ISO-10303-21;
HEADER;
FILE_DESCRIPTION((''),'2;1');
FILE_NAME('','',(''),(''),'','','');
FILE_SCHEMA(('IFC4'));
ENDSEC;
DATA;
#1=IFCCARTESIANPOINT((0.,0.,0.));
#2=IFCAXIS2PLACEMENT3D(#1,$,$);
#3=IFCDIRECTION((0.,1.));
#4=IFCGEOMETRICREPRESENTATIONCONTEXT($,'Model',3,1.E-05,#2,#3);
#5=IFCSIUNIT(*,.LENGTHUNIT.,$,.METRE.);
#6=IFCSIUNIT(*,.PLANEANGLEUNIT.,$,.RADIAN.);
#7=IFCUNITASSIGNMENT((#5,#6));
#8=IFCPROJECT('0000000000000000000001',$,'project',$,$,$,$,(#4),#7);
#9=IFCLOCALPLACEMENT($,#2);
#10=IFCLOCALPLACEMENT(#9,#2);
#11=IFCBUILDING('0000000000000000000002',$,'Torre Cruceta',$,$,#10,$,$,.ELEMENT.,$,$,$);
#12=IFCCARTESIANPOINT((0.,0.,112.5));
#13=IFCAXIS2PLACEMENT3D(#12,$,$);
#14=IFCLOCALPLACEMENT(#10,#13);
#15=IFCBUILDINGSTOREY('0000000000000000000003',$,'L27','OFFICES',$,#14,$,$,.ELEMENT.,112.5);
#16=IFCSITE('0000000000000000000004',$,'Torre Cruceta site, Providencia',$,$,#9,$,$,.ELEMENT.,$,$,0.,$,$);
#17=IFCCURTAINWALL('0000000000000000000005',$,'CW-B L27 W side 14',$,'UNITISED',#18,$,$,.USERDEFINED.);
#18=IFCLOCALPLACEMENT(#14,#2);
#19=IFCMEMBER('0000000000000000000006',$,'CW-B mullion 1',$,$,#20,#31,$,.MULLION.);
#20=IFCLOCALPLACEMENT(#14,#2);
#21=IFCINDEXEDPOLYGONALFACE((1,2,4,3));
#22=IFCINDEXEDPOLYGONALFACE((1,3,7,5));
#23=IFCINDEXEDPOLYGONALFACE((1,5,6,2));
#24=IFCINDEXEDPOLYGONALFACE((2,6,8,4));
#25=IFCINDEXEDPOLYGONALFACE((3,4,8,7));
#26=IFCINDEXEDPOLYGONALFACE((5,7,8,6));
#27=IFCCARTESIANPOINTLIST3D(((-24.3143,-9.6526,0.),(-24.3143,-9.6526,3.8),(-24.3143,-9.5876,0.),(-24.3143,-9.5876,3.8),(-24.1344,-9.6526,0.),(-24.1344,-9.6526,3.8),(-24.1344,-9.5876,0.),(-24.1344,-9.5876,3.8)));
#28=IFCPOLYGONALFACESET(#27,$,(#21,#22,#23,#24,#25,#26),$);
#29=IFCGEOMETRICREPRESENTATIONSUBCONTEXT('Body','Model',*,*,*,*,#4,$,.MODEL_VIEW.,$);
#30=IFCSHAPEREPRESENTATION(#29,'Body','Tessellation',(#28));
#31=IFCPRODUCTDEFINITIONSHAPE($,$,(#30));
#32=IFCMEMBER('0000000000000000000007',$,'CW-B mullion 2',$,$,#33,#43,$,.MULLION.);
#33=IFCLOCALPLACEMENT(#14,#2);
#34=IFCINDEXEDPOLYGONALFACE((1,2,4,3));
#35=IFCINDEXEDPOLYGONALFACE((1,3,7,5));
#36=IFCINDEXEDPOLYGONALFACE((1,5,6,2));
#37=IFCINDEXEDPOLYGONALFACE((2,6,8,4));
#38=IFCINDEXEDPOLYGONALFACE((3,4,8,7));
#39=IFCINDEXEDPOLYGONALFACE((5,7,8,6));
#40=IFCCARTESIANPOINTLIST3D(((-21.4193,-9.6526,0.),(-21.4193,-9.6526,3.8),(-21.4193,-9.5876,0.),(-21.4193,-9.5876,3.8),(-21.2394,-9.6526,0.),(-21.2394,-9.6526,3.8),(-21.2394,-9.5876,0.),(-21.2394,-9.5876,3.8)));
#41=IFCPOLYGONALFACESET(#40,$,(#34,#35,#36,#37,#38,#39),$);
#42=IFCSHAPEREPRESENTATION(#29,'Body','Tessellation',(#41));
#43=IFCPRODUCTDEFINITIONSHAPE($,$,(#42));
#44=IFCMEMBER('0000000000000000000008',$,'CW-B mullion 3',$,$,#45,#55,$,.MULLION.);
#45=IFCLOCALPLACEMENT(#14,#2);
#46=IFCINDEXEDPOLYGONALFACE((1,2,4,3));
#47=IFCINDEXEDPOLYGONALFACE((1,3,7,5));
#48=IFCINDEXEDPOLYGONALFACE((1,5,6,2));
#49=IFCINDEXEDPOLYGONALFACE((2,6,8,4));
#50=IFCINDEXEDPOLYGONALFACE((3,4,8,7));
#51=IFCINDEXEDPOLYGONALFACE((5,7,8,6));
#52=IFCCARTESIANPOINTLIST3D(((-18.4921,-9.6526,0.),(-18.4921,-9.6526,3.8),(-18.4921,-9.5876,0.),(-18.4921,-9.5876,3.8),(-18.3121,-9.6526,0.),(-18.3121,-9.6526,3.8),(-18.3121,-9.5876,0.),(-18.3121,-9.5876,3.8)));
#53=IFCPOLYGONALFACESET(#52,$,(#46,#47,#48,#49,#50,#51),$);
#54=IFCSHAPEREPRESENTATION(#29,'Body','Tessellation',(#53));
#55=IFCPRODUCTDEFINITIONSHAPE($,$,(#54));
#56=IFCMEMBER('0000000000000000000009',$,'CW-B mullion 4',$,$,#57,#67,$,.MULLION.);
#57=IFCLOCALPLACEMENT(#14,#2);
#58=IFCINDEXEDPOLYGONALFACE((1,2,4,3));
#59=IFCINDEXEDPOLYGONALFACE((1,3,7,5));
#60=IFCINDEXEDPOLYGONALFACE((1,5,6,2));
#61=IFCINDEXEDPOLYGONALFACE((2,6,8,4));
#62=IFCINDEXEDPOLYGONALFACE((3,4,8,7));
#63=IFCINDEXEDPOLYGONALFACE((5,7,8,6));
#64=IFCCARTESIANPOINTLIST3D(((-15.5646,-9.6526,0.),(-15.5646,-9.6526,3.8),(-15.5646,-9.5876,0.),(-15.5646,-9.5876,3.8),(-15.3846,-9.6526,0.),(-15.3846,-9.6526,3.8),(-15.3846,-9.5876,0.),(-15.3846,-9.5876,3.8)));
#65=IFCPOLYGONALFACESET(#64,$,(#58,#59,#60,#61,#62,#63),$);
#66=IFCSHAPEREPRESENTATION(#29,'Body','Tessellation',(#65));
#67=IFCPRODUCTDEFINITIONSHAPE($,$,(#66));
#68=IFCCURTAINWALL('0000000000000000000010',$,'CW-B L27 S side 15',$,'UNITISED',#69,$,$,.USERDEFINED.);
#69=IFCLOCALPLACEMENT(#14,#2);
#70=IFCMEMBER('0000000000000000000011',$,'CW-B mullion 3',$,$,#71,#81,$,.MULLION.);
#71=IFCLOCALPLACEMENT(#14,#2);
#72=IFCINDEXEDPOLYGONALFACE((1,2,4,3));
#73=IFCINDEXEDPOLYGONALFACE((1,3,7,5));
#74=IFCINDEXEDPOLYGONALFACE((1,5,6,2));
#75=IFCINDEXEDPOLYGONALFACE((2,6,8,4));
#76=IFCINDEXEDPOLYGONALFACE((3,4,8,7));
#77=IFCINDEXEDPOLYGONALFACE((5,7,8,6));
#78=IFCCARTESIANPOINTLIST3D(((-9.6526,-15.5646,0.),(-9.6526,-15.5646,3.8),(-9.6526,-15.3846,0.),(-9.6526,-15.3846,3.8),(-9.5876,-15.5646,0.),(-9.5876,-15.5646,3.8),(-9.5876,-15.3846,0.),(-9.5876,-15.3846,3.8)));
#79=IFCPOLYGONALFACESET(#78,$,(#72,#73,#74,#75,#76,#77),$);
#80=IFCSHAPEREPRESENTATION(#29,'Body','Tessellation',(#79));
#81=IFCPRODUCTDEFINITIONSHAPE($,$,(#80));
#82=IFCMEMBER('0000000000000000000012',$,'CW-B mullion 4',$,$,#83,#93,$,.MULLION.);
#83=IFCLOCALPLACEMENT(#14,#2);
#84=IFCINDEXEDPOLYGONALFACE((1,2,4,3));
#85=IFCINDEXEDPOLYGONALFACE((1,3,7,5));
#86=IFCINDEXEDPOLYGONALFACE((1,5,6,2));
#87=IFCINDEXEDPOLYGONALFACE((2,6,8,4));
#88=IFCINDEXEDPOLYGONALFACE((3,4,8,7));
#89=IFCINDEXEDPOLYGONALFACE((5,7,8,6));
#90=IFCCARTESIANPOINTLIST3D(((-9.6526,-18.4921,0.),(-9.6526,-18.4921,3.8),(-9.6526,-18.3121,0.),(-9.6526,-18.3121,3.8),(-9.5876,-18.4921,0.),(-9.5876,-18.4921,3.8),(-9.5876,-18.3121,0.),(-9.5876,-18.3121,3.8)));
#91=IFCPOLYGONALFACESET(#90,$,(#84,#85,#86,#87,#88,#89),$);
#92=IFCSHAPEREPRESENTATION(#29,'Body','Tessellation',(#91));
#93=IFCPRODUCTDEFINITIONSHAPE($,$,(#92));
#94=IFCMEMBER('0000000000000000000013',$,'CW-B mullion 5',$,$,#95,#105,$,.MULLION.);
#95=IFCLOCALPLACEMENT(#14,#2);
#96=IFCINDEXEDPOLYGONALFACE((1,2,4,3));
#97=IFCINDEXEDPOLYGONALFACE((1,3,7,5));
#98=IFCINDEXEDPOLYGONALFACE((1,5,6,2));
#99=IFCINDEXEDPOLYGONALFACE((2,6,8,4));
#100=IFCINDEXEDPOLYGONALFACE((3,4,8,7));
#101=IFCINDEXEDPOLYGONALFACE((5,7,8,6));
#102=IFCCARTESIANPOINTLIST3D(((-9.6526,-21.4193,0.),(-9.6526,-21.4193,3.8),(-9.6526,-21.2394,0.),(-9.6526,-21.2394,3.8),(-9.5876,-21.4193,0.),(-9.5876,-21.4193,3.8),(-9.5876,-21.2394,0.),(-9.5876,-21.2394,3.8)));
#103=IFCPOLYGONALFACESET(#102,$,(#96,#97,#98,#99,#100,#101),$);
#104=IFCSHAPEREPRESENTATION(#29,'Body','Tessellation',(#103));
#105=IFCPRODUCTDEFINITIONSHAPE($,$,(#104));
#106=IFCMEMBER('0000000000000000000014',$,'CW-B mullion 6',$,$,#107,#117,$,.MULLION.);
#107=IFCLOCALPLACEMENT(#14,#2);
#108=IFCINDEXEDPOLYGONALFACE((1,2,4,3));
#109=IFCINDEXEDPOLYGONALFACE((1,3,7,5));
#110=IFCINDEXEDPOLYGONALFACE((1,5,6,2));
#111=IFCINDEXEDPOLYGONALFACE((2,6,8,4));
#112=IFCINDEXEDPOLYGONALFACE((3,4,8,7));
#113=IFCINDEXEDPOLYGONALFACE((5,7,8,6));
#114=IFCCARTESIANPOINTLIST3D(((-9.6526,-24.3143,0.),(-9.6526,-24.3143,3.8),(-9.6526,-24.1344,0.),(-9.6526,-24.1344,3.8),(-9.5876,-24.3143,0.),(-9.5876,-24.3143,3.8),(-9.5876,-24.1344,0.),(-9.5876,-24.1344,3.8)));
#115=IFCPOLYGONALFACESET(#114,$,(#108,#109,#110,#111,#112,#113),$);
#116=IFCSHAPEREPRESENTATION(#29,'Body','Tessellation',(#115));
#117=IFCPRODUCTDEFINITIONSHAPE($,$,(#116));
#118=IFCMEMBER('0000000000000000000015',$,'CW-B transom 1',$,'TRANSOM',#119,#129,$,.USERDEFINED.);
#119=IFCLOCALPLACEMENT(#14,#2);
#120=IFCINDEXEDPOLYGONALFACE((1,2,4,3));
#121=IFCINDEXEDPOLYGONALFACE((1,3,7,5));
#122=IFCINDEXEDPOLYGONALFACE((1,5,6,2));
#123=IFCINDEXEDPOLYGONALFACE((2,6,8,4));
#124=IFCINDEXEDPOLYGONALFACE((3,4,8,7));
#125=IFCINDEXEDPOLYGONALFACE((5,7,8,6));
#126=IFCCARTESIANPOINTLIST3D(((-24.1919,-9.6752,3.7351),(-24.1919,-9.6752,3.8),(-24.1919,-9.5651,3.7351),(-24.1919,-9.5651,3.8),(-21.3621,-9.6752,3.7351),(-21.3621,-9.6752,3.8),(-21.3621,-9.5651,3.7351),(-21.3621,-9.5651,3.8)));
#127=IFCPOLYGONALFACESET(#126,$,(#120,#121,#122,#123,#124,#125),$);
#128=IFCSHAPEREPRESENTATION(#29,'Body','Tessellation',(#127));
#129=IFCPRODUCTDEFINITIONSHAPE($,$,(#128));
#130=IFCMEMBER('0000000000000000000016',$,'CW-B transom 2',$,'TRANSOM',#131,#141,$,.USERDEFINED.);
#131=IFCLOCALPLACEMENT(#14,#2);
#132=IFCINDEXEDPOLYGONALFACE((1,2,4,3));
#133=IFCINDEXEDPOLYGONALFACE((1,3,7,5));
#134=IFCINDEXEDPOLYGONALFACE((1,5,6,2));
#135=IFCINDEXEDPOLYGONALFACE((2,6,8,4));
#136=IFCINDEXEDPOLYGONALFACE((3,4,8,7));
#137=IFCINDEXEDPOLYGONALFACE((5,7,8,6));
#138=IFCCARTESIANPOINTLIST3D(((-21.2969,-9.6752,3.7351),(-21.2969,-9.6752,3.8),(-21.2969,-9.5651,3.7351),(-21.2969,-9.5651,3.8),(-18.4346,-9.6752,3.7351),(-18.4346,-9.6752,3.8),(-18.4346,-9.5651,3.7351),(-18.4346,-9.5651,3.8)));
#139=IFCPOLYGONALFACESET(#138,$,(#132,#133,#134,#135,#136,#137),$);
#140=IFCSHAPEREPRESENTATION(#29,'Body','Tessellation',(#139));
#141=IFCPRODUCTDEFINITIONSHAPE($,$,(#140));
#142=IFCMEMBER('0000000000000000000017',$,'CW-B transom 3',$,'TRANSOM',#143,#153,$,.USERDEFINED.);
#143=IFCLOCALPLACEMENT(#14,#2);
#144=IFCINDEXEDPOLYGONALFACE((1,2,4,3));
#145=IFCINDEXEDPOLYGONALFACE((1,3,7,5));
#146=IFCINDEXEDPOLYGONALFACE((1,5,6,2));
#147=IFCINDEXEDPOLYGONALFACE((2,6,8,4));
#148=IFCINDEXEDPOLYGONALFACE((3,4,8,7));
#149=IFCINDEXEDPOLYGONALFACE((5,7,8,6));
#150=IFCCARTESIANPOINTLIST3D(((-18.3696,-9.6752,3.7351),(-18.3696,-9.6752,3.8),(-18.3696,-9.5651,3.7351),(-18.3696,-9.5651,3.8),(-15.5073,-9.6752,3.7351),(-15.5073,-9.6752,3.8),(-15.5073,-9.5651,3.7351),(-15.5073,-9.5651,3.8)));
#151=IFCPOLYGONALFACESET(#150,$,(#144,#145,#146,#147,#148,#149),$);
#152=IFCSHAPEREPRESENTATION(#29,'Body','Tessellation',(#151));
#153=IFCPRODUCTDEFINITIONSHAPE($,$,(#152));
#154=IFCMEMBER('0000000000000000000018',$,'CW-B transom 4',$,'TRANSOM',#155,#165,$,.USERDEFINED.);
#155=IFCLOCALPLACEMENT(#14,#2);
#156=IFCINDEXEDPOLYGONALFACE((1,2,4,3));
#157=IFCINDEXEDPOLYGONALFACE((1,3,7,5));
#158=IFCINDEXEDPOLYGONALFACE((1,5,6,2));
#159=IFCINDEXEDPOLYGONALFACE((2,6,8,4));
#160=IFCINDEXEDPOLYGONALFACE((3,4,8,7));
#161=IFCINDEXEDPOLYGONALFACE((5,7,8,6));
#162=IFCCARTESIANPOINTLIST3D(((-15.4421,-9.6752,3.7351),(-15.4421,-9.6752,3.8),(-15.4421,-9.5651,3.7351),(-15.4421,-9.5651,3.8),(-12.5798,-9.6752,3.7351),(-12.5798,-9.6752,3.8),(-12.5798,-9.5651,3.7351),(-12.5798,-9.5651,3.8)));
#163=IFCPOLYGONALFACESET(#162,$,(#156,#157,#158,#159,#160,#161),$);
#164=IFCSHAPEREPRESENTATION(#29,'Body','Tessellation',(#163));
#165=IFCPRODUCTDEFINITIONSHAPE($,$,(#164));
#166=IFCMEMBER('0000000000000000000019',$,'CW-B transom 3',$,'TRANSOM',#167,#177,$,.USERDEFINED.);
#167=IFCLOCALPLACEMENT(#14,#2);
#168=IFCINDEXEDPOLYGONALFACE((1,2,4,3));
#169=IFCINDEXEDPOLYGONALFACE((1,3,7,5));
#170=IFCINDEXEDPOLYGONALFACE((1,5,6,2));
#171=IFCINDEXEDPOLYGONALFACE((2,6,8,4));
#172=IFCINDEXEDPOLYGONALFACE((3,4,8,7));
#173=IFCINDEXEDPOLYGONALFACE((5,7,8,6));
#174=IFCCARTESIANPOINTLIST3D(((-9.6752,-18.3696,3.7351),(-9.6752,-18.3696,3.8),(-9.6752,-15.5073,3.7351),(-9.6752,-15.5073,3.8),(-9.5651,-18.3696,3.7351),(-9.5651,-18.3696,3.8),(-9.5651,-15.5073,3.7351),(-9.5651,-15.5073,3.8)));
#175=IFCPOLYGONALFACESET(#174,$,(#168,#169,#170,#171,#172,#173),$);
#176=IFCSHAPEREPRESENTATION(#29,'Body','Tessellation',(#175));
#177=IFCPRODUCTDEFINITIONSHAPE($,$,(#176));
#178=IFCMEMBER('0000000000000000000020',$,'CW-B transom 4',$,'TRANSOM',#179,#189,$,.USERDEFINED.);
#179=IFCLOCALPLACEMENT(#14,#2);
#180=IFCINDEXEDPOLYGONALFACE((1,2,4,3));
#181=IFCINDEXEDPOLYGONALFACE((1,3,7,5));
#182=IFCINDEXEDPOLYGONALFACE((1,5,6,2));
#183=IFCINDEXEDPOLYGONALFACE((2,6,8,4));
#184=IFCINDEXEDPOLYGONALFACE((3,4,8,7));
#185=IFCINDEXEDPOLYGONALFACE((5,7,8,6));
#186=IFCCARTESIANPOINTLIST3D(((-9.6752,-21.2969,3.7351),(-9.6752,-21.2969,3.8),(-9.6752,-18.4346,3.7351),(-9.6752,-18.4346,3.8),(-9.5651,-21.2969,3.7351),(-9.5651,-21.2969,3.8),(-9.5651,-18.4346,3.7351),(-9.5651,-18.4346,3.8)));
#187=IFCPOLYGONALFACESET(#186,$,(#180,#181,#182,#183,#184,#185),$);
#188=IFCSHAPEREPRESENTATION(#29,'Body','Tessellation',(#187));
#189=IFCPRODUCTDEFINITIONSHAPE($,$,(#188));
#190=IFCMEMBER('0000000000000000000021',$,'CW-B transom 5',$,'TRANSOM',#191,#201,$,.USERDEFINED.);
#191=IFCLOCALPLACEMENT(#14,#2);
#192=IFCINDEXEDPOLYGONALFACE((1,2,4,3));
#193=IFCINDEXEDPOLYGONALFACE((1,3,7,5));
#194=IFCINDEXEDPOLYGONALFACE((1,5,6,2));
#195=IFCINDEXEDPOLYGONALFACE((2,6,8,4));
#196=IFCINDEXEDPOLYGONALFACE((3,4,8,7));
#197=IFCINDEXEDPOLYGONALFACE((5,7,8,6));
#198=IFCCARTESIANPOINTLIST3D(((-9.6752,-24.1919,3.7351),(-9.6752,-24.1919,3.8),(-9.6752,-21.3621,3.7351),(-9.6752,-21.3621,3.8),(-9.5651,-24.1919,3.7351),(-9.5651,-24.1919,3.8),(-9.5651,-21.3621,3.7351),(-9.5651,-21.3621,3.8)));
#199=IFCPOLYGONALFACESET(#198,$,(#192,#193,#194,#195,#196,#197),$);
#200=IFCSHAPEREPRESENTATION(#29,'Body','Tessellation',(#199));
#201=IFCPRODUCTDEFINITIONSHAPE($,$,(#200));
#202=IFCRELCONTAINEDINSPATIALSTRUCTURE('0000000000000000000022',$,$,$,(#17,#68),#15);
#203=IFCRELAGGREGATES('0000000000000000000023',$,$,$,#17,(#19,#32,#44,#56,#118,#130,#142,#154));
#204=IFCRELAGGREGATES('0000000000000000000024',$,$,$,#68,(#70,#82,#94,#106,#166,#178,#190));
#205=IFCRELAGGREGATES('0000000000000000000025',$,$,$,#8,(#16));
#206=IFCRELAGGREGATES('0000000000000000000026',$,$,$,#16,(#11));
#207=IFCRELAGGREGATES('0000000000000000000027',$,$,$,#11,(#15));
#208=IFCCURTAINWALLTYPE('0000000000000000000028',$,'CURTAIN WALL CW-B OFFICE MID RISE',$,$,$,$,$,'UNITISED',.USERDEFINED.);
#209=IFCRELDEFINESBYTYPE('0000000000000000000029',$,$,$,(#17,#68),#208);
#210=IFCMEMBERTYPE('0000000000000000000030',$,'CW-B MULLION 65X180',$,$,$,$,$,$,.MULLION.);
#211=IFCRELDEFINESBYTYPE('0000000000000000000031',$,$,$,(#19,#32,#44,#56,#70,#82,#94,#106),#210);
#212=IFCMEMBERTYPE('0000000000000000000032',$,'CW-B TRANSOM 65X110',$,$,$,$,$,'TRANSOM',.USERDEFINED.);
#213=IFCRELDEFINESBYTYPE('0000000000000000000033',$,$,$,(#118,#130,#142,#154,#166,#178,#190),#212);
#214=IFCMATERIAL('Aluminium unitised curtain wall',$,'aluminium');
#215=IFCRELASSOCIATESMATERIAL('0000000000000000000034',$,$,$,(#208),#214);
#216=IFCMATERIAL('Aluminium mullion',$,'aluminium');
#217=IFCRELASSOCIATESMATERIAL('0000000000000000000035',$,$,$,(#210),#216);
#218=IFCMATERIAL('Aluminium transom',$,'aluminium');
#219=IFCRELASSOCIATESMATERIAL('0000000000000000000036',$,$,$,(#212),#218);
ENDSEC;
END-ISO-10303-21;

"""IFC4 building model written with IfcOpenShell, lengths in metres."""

from ifc_helpers import new_model, si_unit, direction, frame, origin, origin_2d, place, context, subcontext, project, spatial, rectangle, extrude, material, material_profile, profile_set, type_object, element, aggregate, save


model = new_model("IFC4")

# Units and contexts
model_context = context("Model", 3, precision=1e-05, world=origin(), true_north=direction((0.0, 1.0)))
body_context = subcontext(model_context, "Body", "Model", "MODEL_VIEW")
ifc_project = project(units=[si_unit("LENGTHUNIT", "METRE"), si_unit("PLANEANGLEUNIT", "RADIAN")], contexts=[model_context])

# Site, building, storey
site_placement = place(None, origin())
site = spatial("IfcSite", under=ifc_project, at=site_placement, Name="Torre Cruceta site, Providencia", CompositionType="ELEMENT", RefElevation=0.0)
building_placement = place(site_placement, origin())
building = spatial("IfcBuilding", under=site, at=building_placement, Name="Torre Cruceta", CompositionType="ELEMENT")
storey_placement = place(building_placement, frame((0.0, 0.0, 112.5)))
storey = spatial("IfcBuildingStorey", under=building, at=storey_placement, Name="L27", Description="OFFICES", CompositionType="ELEMENT", Elevation=112.5)

# Curtain walls, members
ifc_material_1 = material(Name="Aluminium unitised curtain wall", Category="aluminium")
curtain_wall_type = type_object("IfcCurtainWallType", Name="CURTAIN WALL CW-B OFFICE MID RISE", ElementType="UNITISED", PredefinedType="USERDEFINED", material=ifc_material_1)
curtain_wall_1_placement = place(storey_placement, origin())
curtain_wall_1 = element("IfcCurtainWall", 1, at=curtain_wall_1_placement, inside=storey, type_object=curtain_wall_type, Name="CW-B L27 W side 14", ObjectType="UNITISED", PredefinedType="USERDEFINED")
ifc_material_2 = material(Name="Aluminium mullion", Category="aluminium")
ifc_material_profile_1 = material_profile(ifc_material_2, rectangle(XDim=0.0649, YDim=0.1799, at=origin_2d()), Name="AL 65X180")
ifc_profile_set_1 = profile_set([ifc_material_profile_1], Name="Aluminium mullion")
member_type_1 = type_object("IfcMemberType", Name="CW-B MULLION 65X180", PredefinedType="MULLION", material=ifc_profile_set_1)
member_1_placement = place(storey_placement, frame((-24.2244, -9.6201, 0.0), z_axis=(0.0, 0.0, 1.0), x_axis=(0.0, 1.0, 0.0)))
member_1 = element("IfcMember", 2, at=member_1_placement, type_object=member_type_1, Name="CW-B mullion 1", PredefinedType="MULLION", context=body_context, shape_type="SweptSolid", body=[
    extrude(rectangle(XDim=0.0649, YDim=0.1799, at=origin_2d()), origin(), (0.0, 0.0, 1.0), 3.8),
])
member_2_placement = place(storey_placement, frame((-21.3293, -9.6201, 0.0), z_axis=(0.0, 0.0, 1.0), x_axis=(0.0, 1.0, 0.0)))
member_2 = element("IfcMember", 3, at=member_2_placement, type_object=member_type_1, Name="CW-B mullion 2", PredefinedType="MULLION", context=body_context, shape_type="SweptSolid", body=[
    extrude(rectangle(XDim=0.0649, YDim=0.1799, at=origin_2d()), origin(), (0.0, 0.0, 1.0), 3.8),
])
member_3_placement = place(storey_placement, frame((-18.4021, -9.6201, 0.0), z_axis=(0.0, 0.0, 1.0), x_axis=(0.0, 1.0, 0.0)))
member_3 = element("IfcMember", 4, at=member_3_placement, type_object=member_type_1, Name="CW-B mullion 3", PredefinedType="MULLION", context=body_context, shape_type="SweptSolid", body=[
    extrude(rectangle(XDim=0.0649, YDim=0.1799, at=origin_2d()), origin(), (0.0, 0.0, 1.0), 3.8),
])
member_4_placement = place(storey_placement, frame((-15.4746, -9.6201, 0.0), z_axis=(0.0, 0.0, 1.0), x_axis=(0.0, 1.0, 0.0)))
member_4 = element("IfcMember", 5, at=member_4_placement, type_object=member_type_1, Name="CW-B mullion 4", PredefinedType="MULLION", context=body_context, shape_type="SweptSolid", body=[
    extrude(rectangle(XDim=0.0649, YDim=0.1799, at=origin_2d()), origin(), (0.0, 0.0, 1.0), 3.8),
])
curtain_wall_2_placement = place(storey_placement, origin())
curtain_wall_2 = element("IfcCurtainWall", 6, at=curtain_wall_2_placement, inside=storey, type_object=curtain_wall_type, Name="CW-B L27 S side 15", ObjectType="UNITISED", PredefinedType="USERDEFINED")
member_5_placement = place(storey_placement, frame((-9.6201, -15.4746, 0.0), z_axis=(0.0, 0.0, 1.0), x_axis=(1.0, 0.0, 0.0)))
member_5 = element("IfcMember", 7, at=member_5_placement, type_object=member_type_1, Name="CW-B mullion 3", PredefinedType="MULLION", context=body_context, shape_type="SweptSolid", body=[
    extrude(rectangle(XDim=0.0649, YDim=0.1799, at=origin_2d()), origin(), (0.0, 0.0, 1.0), 3.8),
])
member_6_placement = place(storey_placement, frame((-9.6201, -18.4021, 0.0), z_axis=(0.0, 0.0, 1.0), x_axis=(1.0, 0.0, 0.0)))
member_6 = element("IfcMember", 8, at=member_6_placement, type_object=member_type_1, Name="CW-B mullion 4", PredefinedType="MULLION", context=body_context, shape_type="SweptSolid", body=[
    extrude(rectangle(XDim=0.0649, YDim=0.1799, at=origin_2d()), origin(), (0.0, 0.0, 1.0), 3.8),
])
member_7_placement = place(storey_placement, frame((-9.6201, -21.3293, 0.0), z_axis=(0.0, 0.0, 1.0), x_axis=(1.0, 0.0, 0.0)))
member_7 = element("IfcMember", 9, at=member_7_placement, type_object=member_type_1, Name="CW-B mullion 5", PredefinedType="MULLION", context=body_context, shape_type="SweptSolid", body=[
    extrude(rectangle(XDim=0.0649, YDim=0.1799, at=origin_2d()), origin(), (0.0, 0.0, 1.0), 3.8),
])
member_8_placement = place(storey_placement, frame((-9.6201, -24.2244, 0.0), z_axis=(0.0, 0.0, 1.0), x_axis=(1.0, 0.0, 0.0)))
member_8 = element("IfcMember", 10, at=member_8_placement, type_object=member_type_1, Name="CW-B mullion 6", PredefinedType="MULLION", context=body_context, shape_type="SweptSolid", body=[
    extrude(rectangle(XDim=0.0649, YDim=0.1799, at=origin_2d()), origin(), (0.0, 0.0, 1.0), 3.8),
])

# Members
ifc_material_3 = material(Name="Aluminium transom", Category="aluminium")
ifc_material_profile_2 = material_profile(ifc_material_3, rectangle(XDim=0.1101, YDim=0.0649, at=origin_2d()), Name="AL 110X65")
ifc_profile_set_2 = profile_set([ifc_material_profile_2], Name="Aluminium transom")
member_type_2 = type_object("IfcMemberType", Name="CW-B TRANSOM 65X110", ElementType="TRANSOM", PredefinedType="USERDEFINED", material=ifc_profile_set_2)
member_9_placement = place(storey_placement, frame((-24.1919, -9.6201, 3.7676), z_axis=(1.0, 0.0, 0.0), x_axis=(0.0, 1.0, 0.0)))
member_9 = element("IfcMember", 11, at=member_9_placement, type_object=member_type_2, Name="CW-B transom 1", ObjectType="TRANSOM", PredefinedType="USERDEFINED", context=body_context, shape_type="SweptSolid", body=[
    extrude(rectangle(XDim=0.1101, YDim=0.0649, at=origin_2d()), origin(), (0.0, 0.0, 1.0), 2.8298),
])
member_10_placement = place(storey_placement, frame((-21.2969, -9.6201, 3.7676), z_axis=(1.0, 0.0, 0.0), x_axis=(0.0, 1.0, 0.0)))
member_10 = element("IfcMember", 12, at=member_10_placement, type_object=member_type_2, Name="CW-B transom 2", ObjectType="TRANSOM", PredefinedType="USERDEFINED", context=body_context, shape_type="SweptSolid", body=[
    extrude(rectangle(XDim=0.1101, YDim=0.0649, at=origin_2d()), origin(), (0.0, 0.0, 1.0), 2.8623),
])
member_11_placement = place(storey_placement, frame((-18.3696, -9.6201, 3.7676), z_axis=(1.0, 0.0, 0.0), x_axis=(0.0, 1.0, 0.0)))
member_11 = element("IfcMember", 13, at=member_11_placement, type_object=member_type_2, Name="CW-B transom 3", ObjectType="TRANSOM", PredefinedType="USERDEFINED", context=body_context, shape_type="SweptSolid", body=[
    extrude(rectangle(XDim=0.1101, YDim=0.0649, at=origin_2d()), origin(), (0.0, 0.0, 1.0), 2.8623),
])
member_12_placement = place(storey_placement, frame((-15.4421, -9.6201, 3.7676), z_axis=(1.0, 0.0, 0.0), x_axis=(0.0, 1.0, 0.0)))
member_12 = element("IfcMember", 14, at=member_12_placement, type_object=member_type_2, Name="CW-B transom 4", ObjectType="TRANSOM", PredefinedType="USERDEFINED", context=body_context, shape_type="SweptSolid", body=[
    extrude(rectangle(XDim=0.1101, YDim=0.0649, at=origin_2d()), origin(), (0.0, 0.0, 1.0), 2.8623),
])
member_13_placement = place(storey_placement, frame((-9.6201, -15.5073, 3.7676), z_axis=(0.0, -1.0, 0.0), x_axis=(1.0, 0.0, 0.0)))
member_13 = element("IfcMember", 15, at=member_13_placement, type_object=member_type_2, Name="CW-B transom 3", ObjectType="TRANSOM", PredefinedType="USERDEFINED", context=body_context, shape_type="SweptSolid", body=[
    extrude(rectangle(XDim=0.1101, YDim=0.0649, at=origin_2d()), origin(), (0.0, 0.0, 1.0), 2.8623),
])
member_14_placement = place(storey_placement, frame((-9.6201, -18.4346, 3.7676), z_axis=(0.0, -1.0, 0.0), x_axis=(1.0, 0.0, 0.0)))
member_14 = element("IfcMember", 16, at=member_14_placement, type_object=member_type_2, Name="CW-B transom 4", ObjectType="TRANSOM", PredefinedType="USERDEFINED", context=body_context, shape_type="SweptSolid", body=[
    extrude(rectangle(XDim=0.1101, YDim=0.0649, at=origin_2d()), origin(), (0.0, 0.0, 1.0), 2.8623),
])
member_15_placement = place(storey_placement, frame((-9.6201, -21.3621, 3.7676), z_axis=(0.0, -1.0, 0.0), x_axis=(1.0, 0.0, 0.0)))
member_15 = element("IfcMember", 17, at=member_15_placement, type_object=member_type_2, Name="CW-B transom 5", ObjectType="TRANSOM", PredefinedType="USERDEFINED", context=body_context, shape_type="SweptSolid", body=[
    extrude(rectangle(XDim=0.1101, YDim=0.0649, at=origin_2d()), origin(), (0.0, 0.0, 1.0), 2.8298),
])

aggregate(curtain_wall_1, [member_1, member_2, member_3, member_4, member_9, member_10, member_11, member_12])
aggregate(curtain_wall_2, [member_5, member_6, member_7, member_8, member_13, member_14, member_15])

save(model, "model.ifc")
